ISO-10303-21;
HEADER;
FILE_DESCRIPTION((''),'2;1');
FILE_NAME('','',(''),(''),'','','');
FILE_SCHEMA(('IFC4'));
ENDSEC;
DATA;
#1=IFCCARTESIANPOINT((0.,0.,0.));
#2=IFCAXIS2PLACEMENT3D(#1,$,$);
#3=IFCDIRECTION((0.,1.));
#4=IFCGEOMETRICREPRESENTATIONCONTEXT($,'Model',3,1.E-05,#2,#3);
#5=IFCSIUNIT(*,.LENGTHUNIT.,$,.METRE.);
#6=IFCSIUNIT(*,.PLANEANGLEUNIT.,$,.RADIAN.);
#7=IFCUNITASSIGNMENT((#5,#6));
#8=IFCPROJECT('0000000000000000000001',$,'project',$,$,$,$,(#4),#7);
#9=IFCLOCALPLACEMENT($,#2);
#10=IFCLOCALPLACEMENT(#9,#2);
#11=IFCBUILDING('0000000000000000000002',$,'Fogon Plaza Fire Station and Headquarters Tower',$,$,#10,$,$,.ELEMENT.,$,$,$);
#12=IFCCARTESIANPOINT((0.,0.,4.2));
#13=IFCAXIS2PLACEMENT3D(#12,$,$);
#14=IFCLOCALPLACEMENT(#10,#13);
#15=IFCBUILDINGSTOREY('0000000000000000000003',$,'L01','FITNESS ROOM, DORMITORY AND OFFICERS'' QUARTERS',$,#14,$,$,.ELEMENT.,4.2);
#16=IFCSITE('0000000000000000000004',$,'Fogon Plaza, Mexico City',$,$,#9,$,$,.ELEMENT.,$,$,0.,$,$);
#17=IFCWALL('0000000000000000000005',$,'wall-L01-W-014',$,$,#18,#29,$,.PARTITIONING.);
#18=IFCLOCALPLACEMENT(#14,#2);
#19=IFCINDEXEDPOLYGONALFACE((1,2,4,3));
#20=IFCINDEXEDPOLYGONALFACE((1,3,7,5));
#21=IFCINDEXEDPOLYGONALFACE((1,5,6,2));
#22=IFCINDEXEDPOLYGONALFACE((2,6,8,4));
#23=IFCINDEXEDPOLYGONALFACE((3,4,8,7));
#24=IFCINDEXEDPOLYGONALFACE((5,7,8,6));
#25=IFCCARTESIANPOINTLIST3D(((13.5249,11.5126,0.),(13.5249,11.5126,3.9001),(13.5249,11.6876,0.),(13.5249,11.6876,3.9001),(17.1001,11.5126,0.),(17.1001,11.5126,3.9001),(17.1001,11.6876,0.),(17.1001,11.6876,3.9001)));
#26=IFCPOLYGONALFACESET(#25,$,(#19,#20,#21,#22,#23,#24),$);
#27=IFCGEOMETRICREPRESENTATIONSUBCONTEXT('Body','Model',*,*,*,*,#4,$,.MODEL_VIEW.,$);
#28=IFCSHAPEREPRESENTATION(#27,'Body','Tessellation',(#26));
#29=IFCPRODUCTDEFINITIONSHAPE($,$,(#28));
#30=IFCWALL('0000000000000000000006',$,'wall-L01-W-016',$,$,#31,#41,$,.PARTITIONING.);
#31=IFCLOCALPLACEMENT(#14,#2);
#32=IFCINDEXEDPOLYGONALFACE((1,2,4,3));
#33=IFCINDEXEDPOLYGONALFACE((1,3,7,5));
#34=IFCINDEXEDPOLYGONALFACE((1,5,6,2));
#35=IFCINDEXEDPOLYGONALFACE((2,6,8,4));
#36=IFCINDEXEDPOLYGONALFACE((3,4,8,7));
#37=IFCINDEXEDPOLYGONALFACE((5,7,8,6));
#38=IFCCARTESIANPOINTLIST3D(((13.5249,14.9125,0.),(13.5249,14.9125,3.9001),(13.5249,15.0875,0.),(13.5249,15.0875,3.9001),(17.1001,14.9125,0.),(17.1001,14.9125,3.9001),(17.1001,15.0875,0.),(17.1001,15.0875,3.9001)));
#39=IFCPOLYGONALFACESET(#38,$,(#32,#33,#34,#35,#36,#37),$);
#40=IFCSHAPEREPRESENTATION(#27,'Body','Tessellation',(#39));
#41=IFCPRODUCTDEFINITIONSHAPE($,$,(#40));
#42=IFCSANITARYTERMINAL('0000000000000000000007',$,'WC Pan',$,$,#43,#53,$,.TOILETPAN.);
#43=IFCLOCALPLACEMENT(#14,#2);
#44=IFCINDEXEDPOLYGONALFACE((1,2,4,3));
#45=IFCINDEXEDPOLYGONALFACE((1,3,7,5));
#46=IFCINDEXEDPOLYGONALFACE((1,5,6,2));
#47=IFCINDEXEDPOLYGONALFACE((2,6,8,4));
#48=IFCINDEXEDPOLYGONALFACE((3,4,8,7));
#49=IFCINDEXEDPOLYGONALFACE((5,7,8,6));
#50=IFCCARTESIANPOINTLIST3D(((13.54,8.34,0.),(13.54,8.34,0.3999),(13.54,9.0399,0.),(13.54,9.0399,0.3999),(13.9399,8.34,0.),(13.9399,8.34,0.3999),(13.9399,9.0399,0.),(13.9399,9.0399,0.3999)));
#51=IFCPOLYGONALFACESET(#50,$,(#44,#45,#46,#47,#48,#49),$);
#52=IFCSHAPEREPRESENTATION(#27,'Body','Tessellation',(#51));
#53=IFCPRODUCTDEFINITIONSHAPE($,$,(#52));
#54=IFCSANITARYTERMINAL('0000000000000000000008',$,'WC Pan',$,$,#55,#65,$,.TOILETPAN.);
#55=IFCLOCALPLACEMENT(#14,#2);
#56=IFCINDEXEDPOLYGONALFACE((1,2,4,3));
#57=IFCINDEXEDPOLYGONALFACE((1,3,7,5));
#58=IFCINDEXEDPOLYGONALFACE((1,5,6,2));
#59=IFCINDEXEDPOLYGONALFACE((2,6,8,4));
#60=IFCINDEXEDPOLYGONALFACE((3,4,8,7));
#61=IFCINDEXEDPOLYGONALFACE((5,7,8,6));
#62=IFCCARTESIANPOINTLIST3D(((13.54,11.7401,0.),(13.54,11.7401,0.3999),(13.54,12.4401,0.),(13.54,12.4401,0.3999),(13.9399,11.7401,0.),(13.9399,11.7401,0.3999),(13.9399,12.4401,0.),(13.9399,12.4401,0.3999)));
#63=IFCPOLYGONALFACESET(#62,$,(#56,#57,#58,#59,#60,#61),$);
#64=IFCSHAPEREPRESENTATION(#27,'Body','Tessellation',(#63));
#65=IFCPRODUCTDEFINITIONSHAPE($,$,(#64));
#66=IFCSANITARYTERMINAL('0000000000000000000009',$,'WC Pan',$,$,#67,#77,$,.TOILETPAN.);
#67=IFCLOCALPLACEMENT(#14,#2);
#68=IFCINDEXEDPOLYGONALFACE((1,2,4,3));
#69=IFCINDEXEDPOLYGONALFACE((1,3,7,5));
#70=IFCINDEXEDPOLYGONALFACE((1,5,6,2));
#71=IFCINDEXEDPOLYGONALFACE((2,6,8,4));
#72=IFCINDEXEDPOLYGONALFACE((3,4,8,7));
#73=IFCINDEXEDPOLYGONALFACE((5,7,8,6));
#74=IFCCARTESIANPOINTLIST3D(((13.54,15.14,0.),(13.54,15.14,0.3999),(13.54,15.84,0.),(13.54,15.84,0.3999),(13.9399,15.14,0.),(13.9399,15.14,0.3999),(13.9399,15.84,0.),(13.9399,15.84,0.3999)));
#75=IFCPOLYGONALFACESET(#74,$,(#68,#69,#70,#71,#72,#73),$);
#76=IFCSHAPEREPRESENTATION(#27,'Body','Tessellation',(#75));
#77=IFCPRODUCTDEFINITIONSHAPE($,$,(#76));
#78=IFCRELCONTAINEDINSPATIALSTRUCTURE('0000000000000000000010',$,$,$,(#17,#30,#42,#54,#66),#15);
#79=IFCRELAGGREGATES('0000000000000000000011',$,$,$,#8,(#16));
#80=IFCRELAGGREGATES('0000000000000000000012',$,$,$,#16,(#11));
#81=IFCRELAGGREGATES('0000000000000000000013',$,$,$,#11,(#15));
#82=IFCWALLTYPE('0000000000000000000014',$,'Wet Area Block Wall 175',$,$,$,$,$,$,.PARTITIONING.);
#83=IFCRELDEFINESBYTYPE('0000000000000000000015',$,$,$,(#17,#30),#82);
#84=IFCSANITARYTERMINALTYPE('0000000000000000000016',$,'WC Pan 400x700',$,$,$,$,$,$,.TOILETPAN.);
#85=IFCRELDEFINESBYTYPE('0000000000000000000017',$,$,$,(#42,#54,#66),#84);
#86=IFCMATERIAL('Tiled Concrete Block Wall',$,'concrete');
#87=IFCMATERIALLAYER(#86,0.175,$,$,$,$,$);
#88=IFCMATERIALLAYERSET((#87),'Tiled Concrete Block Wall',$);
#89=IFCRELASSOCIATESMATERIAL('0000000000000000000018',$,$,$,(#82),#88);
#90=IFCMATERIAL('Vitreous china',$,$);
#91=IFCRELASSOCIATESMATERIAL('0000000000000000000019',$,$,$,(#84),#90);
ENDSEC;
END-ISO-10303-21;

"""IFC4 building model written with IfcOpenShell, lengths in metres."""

from ifc_helpers import new_model, si_unit, direction, frame, frame_2d, origin, origin_2d, place, context, subcontext, project, spatial, rectangle, extrude, material, layer, layer_set, type_object, element, save


model = new_model("IFC4")

# Units and contexts
model_context = context("Model", 3, precision=1e-05, world=origin(), true_north=direction((0.0, 1.0)))
body_context = subcontext(model_context, "Body", "Model", "MODEL_VIEW")
ifc_project = project(units=[si_unit("LENGTHUNIT", "METRE"), si_unit("PLANEANGLEUNIT", "RADIAN")], contexts=[model_context])

# Site, building, storey
site_placement = place(None, origin())
site = spatial("IfcSite", under=ifc_project, at=site_placement, Name="Fogon Plaza, Mexico City", CompositionType="ELEMENT", RefElevation=0.0)
building_placement = place(site_placement, origin())
building = spatial("IfcBuilding", under=site, at=building_placement, Name="Fogon Plaza Fire Station and Headquarters Tower", CompositionType="ELEMENT")
storey_placement = place(building_placement, frame((0.0, 0.0, 4.2)))
storey = spatial("IfcBuildingStorey", under=building, at=storey_placement, Name="L01", Description="FITNESS ROOM, DORMITORY AND OFFICERS' QUARTERS", CompositionType="ELEMENT", Elevation=4.2)

# Walls
ifc_material_1 = material(Name="Tiled Concrete Block Wall", Category="concrete")
ifc_layer_1 = layer(ifc_material_1, 0.175)
ifc_layer_set_1 = layer_set([ifc_layer_1], Name="Tiled Concrete Block Wall")
wall_type_1 = type_object("IfcWallType", Name="Wet Area Block Wall 175", PredefinedType="PARTITIONING", material=ifc_layer_set_1)
for number, where, z_axis, x_axis, name in (
    (1, (13.5249, 11.6001, 0.0), (0.0, 0.0, 1.0), (1.0, 0.0, 0.0), "wall-L01-W-014"),
    (2, (13.5249, 15.0, 0.0), (0.0, 0.0, 1.0), (1.0, 0.0, 0.0), "wall-L01-W-016"),
):
    element("IfcWall", number, at=place(storey_placement, frame(where, z_axis=z_axis, x_axis=x_axis)), inside=storey, type_object=wall_type_1, Name=name, PredefinedType="PARTITIONING", context=body_context, shape_type="SweptSolid", body=[
        extrude(rectangle(XDim=3.5752, YDim=0.175, at=frame_2d((1.7876, 0.0))), origin(), (0.0, 0.0, 1.0), 3.9001),
    ])

# Sanitary terminals
ifc_material_2 = material(Name="Vitreous china")
sanitary_terminal_type = type_object("IfcSanitaryTerminalType", Name="WC Pan 400x700", PredefinedType="TOILETPAN", material=ifc_material_2)
for number, where, z_axis, x_axis, name in (
    (3, (13.74, 8.6899, 0.0), (0.0, 0.0, 1.0), (1.0, 0.0, 0.0), "WC Pan"),
    (4, (13.74, 12.0901, 0.0), (0.0, 0.0, 1.0), (1.0, 0.0, 0.0), "WC Pan"),
    (5, (13.74, 15.49, 0.0), (0.0, 0.0, 1.0), (1.0, 0.0, 0.0), "WC Pan"),
):
    element("IfcSanitaryTerminal", number, at=place(storey_placement, frame(where, z_axis=z_axis, x_axis=x_axis)), inside=storey, type_object=sanitary_terminal_type, Name=name, PredefinedType="TOILETPAN", context=body_context, shape_type="SweptSolid", body=[
        extrude(rectangle(XDim=0.3999, YDim=0.7, at=origin_2d()), origin(), (0.0, 0.0, 1.0), 0.3999),
    ])

save(model, "model.ifc")
